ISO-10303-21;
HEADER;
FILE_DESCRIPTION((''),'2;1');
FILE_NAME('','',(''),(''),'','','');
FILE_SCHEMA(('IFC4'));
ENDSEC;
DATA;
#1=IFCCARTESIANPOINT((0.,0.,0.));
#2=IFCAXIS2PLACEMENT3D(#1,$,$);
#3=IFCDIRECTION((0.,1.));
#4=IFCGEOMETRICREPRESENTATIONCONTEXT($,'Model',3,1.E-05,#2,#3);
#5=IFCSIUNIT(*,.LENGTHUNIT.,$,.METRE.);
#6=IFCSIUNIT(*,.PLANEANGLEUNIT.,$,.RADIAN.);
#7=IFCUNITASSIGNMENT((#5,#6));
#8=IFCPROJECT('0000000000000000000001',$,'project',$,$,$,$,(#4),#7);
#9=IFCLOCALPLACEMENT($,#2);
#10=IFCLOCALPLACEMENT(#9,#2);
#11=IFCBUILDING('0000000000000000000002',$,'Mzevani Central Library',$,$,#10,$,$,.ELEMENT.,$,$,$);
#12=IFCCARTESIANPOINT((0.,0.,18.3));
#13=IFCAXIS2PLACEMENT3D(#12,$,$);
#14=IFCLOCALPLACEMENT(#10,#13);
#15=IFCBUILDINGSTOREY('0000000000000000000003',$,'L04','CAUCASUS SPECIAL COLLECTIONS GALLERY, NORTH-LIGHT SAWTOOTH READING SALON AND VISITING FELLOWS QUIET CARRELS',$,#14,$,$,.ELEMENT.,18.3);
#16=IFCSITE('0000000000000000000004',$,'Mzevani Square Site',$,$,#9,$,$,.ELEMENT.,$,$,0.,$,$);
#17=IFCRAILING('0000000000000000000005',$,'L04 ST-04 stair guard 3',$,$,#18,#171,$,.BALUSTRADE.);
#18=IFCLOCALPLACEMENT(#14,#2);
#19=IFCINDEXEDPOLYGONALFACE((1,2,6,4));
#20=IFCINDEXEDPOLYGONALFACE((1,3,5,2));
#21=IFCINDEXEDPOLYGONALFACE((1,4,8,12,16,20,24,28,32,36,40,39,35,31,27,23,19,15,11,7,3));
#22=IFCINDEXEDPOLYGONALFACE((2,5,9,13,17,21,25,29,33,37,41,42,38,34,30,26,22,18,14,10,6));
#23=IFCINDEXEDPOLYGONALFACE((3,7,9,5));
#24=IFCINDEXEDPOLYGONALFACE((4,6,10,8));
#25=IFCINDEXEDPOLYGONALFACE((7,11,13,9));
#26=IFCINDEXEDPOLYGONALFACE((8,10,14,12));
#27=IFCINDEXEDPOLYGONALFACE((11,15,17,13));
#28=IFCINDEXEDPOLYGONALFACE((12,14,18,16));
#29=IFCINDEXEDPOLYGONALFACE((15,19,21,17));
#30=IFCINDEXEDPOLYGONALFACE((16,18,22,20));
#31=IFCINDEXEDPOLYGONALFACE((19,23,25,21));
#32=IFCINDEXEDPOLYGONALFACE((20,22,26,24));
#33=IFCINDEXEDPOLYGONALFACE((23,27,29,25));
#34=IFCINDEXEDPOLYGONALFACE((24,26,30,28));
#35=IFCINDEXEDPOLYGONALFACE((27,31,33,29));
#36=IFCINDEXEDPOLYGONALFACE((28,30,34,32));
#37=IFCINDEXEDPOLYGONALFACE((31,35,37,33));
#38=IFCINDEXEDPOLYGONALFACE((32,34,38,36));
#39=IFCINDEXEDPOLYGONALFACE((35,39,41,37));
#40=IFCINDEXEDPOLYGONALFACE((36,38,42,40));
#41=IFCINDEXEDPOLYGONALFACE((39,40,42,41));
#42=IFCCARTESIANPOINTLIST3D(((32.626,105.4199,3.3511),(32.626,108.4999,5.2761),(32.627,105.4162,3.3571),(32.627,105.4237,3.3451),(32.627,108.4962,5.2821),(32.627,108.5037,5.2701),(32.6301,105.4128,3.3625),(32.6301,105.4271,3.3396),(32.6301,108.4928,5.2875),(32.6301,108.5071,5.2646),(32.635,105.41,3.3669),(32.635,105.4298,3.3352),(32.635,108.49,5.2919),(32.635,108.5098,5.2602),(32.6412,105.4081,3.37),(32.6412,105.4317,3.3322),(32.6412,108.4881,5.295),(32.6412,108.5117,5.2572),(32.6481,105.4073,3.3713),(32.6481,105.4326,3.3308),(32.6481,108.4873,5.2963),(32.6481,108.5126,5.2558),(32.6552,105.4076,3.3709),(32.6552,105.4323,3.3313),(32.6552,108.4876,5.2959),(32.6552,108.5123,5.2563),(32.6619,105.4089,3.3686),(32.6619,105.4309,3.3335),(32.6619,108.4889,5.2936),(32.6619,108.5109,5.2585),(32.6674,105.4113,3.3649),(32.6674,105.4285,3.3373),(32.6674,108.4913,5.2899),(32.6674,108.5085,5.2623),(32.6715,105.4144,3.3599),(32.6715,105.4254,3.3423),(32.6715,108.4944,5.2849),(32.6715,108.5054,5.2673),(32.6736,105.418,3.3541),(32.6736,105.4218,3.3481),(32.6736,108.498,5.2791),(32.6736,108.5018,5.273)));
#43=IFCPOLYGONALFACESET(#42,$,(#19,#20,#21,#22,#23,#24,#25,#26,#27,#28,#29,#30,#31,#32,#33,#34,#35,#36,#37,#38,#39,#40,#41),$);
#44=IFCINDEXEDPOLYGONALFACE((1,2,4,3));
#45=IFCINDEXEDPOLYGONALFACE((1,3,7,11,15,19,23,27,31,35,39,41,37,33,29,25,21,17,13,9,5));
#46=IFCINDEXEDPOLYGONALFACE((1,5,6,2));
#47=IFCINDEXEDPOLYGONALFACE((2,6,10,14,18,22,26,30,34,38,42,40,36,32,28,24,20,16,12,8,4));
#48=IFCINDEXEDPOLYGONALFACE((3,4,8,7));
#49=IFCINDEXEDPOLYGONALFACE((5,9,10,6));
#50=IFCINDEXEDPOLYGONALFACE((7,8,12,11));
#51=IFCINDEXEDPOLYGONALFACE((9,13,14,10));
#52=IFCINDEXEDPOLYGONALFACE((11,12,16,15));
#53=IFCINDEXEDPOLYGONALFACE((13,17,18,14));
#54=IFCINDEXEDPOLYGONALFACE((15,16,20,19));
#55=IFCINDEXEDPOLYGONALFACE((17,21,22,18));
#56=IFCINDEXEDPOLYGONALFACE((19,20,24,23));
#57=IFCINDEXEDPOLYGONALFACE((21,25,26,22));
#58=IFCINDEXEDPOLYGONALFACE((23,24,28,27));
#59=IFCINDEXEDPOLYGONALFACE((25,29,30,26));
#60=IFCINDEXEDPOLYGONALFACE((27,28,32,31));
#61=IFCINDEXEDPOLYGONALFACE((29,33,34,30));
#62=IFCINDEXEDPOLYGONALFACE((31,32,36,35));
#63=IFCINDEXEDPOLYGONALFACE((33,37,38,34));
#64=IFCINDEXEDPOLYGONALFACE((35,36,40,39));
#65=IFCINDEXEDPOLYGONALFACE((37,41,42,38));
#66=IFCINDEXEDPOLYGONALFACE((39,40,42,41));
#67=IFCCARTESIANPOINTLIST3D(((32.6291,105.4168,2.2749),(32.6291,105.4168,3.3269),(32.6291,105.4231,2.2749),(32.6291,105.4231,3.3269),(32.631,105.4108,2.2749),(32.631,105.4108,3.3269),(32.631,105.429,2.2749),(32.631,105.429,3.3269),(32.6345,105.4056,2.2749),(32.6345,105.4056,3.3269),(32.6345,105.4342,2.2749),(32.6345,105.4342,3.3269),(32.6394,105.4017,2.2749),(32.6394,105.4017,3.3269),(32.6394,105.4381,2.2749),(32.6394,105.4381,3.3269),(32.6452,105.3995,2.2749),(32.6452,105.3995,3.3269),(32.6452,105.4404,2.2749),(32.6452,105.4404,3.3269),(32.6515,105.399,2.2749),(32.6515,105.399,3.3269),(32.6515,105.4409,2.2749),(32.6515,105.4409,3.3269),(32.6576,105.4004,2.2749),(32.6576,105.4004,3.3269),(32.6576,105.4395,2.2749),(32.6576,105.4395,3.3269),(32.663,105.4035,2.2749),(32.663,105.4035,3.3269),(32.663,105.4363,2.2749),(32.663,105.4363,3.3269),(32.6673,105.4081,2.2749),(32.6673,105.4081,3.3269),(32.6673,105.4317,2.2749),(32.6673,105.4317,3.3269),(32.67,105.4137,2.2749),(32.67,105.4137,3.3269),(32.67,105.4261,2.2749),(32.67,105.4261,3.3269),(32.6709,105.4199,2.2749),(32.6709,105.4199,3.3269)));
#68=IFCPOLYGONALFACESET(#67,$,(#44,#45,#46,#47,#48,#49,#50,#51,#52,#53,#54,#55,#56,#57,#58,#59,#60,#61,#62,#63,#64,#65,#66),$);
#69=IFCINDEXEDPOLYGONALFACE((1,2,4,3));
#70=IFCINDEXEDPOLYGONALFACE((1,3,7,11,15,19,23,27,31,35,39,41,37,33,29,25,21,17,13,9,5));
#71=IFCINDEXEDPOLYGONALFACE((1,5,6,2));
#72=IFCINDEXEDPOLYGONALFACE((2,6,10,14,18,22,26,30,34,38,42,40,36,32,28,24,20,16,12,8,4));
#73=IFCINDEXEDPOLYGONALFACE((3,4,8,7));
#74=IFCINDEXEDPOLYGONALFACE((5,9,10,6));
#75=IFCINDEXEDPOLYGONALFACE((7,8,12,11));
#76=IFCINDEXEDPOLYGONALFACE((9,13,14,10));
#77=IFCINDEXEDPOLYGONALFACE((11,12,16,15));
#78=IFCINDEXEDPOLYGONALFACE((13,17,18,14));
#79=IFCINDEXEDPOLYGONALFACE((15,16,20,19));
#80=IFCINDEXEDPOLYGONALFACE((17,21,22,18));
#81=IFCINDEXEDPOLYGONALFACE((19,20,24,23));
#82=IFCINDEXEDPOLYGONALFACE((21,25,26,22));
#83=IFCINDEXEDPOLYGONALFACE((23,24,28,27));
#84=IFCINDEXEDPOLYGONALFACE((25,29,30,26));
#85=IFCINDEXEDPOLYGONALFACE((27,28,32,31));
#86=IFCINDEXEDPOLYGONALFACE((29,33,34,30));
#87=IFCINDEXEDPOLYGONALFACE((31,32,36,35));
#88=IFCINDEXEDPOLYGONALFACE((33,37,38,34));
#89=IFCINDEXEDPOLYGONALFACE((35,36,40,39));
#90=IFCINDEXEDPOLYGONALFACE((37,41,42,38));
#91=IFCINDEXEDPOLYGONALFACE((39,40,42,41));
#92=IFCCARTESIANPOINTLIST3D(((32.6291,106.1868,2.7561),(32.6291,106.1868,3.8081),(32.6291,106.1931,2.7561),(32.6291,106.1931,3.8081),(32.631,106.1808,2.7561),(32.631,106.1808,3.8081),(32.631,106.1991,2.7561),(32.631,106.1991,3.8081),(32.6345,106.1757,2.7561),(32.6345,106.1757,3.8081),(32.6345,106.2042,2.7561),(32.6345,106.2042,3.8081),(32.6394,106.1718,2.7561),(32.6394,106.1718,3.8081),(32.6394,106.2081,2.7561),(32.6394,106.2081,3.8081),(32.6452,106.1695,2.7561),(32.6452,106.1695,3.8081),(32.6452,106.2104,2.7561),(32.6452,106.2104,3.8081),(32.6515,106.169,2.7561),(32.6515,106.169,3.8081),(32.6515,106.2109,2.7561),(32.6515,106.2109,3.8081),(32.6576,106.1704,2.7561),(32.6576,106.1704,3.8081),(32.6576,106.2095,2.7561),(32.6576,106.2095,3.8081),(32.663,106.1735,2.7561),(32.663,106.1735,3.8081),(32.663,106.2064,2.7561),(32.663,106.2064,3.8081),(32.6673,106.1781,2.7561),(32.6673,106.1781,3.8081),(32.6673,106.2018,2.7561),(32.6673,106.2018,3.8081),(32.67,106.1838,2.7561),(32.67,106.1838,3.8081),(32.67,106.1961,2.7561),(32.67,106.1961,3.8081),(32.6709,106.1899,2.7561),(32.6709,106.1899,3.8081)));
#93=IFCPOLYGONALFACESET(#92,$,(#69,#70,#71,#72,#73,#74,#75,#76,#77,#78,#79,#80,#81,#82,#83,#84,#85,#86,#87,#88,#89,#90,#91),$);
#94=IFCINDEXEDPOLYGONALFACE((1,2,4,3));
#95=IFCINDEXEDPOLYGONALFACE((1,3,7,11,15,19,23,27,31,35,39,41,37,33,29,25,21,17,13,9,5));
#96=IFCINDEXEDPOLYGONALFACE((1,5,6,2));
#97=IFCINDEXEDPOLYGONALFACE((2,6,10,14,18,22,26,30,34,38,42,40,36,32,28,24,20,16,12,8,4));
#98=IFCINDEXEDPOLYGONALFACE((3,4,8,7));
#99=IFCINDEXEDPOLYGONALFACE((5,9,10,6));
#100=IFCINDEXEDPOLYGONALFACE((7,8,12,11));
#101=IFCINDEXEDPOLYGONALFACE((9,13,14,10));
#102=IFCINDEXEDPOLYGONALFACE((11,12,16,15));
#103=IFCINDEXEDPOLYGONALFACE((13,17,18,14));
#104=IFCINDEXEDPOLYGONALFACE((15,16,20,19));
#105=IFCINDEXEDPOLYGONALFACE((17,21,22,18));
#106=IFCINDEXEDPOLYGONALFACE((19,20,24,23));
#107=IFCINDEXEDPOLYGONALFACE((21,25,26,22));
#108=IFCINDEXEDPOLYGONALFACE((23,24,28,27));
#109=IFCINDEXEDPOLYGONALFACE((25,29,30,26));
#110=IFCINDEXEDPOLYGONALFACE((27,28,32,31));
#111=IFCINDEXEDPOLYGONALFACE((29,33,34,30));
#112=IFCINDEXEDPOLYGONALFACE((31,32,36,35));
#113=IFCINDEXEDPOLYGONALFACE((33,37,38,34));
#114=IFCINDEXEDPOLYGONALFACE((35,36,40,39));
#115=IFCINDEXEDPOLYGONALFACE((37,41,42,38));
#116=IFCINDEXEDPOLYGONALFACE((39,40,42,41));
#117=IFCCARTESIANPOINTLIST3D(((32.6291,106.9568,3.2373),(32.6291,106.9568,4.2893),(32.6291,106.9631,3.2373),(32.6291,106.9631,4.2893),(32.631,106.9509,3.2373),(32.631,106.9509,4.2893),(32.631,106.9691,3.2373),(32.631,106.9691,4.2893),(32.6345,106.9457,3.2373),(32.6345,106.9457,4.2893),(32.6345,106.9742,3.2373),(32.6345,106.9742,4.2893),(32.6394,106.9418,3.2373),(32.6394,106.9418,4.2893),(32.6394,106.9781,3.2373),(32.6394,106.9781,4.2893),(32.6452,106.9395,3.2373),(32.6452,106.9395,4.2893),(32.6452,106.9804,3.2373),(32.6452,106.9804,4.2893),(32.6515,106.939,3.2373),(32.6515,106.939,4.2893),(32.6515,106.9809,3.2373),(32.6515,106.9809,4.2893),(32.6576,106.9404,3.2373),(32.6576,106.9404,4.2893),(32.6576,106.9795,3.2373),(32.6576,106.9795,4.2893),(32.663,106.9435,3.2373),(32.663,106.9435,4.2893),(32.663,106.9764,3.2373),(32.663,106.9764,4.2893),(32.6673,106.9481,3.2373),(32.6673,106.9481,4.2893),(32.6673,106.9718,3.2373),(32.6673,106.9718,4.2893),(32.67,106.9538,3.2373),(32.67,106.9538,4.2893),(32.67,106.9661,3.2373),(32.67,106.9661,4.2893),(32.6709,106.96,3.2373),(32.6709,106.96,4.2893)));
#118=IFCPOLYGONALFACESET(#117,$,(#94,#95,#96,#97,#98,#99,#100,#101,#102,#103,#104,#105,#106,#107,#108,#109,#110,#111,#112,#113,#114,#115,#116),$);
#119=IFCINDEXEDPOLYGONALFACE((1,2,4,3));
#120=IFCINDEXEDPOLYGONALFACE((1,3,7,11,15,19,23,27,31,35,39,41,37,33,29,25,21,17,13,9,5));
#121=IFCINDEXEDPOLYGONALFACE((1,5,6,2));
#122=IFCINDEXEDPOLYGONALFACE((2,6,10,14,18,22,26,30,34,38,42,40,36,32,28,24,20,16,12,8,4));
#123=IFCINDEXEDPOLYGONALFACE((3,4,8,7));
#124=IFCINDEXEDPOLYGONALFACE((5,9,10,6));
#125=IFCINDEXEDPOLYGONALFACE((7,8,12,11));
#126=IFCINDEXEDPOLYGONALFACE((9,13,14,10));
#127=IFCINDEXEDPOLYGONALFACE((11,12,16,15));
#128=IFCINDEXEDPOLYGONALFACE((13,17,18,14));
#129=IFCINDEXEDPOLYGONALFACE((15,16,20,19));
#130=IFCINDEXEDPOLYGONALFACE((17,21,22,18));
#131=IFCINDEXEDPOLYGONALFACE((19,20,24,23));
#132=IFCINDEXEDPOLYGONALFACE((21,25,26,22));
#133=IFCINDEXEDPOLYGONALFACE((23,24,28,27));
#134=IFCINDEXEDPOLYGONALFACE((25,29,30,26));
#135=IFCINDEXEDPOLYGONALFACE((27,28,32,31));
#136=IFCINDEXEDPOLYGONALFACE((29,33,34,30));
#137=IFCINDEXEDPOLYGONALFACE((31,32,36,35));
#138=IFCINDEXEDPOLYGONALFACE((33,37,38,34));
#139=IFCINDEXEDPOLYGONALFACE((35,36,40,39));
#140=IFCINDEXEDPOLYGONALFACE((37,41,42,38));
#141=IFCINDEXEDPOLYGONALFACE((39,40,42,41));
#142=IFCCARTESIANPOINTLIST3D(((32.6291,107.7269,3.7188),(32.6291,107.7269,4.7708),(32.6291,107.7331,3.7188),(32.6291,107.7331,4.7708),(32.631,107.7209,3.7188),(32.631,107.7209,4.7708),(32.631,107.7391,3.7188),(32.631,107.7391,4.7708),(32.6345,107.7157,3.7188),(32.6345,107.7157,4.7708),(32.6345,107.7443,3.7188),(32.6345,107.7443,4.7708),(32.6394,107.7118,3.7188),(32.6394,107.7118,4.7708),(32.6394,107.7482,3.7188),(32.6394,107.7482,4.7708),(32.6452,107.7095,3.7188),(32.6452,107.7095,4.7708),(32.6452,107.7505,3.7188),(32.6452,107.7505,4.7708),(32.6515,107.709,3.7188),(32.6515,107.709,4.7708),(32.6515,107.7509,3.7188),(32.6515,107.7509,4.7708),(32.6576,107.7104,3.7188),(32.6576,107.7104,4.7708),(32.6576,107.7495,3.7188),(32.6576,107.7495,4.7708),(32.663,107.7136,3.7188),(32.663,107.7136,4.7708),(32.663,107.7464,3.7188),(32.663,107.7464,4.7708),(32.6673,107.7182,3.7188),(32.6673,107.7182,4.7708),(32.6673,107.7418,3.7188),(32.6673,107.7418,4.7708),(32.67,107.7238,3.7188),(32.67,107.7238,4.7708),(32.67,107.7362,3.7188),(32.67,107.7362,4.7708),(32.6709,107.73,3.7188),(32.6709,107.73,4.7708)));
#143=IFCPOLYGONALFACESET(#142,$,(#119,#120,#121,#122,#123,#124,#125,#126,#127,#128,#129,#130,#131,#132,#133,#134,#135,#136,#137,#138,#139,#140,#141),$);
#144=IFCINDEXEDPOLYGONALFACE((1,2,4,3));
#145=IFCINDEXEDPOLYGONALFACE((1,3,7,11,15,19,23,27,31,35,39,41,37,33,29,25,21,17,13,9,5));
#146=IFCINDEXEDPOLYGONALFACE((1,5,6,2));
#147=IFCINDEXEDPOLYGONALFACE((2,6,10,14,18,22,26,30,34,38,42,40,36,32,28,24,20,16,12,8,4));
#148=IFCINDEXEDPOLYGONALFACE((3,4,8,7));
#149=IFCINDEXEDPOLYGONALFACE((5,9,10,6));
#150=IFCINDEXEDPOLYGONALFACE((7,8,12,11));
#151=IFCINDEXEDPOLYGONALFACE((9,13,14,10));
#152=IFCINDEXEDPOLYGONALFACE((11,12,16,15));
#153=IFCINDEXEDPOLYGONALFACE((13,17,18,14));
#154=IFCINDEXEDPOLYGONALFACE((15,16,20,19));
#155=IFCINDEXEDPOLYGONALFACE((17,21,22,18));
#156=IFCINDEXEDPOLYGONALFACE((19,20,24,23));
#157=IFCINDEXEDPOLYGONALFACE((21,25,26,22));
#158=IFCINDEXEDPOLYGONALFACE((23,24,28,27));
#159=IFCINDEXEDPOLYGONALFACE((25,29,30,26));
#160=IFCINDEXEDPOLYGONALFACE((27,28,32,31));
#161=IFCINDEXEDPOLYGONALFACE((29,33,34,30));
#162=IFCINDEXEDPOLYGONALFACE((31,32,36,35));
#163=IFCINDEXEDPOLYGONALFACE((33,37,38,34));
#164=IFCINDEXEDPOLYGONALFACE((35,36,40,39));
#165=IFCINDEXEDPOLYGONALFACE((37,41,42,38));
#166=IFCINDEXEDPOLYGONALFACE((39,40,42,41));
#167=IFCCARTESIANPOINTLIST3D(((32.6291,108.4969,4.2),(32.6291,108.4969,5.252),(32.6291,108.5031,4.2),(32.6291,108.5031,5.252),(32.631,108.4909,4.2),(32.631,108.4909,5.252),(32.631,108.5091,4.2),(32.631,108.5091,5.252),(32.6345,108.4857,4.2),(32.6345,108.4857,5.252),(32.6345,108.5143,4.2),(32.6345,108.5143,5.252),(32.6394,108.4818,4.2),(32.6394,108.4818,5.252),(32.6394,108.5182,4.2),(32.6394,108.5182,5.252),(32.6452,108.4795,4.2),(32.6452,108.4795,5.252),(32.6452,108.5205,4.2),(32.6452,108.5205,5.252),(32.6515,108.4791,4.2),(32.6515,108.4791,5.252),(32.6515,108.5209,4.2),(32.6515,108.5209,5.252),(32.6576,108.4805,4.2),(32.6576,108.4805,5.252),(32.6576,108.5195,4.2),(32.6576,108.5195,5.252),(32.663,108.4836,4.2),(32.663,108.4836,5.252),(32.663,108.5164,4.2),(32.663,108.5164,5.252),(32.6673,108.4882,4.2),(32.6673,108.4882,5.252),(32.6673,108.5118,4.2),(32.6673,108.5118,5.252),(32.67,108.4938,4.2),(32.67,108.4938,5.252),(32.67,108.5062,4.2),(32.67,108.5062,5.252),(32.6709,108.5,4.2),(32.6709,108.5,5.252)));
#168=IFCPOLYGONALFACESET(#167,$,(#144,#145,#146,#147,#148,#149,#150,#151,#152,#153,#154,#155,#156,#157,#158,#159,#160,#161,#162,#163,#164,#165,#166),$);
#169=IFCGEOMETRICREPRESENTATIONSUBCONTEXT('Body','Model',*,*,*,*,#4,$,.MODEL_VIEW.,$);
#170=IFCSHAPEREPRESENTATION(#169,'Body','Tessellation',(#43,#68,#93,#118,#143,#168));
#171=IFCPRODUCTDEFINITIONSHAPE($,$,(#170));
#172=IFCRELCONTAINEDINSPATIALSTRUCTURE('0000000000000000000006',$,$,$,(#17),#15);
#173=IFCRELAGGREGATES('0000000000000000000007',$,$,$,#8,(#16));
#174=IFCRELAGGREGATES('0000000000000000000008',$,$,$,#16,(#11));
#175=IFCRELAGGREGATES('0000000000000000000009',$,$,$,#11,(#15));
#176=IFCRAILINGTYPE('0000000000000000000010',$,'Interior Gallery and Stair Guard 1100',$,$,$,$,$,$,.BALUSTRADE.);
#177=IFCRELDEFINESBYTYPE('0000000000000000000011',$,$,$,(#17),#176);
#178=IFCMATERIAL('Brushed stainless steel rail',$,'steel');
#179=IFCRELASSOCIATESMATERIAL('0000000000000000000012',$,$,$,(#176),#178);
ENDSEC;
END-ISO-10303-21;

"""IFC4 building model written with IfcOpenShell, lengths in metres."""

from ifc_helpers import new_model, si_unit, direction, frame, origin, origin_2d, place, context, subcontext, project, spatial, circle, extrude, material, type_object, element, save


model = new_model("IFC4")

# Units and contexts
model_context = context("Model", 3, precision=1e-05, world=origin(), true_north=direction((0.0, 1.0)))
body_context = subcontext(model_context, "Body", "Model", "MODEL_VIEW")
ifc_project = project(units=[si_unit("LENGTHUNIT", "METRE"), si_unit("PLANEANGLEUNIT", "RADIAN")], contexts=[model_context])

# Site, building, storey
site_placement = place(None, origin())
site = spatial("IfcSite", under=ifc_project, at=site_placement, Name="Mzevani Square Site", CompositionType="ELEMENT", RefElevation=0.0)
building_placement = place(site_placement, origin())
building = spatial("IfcBuilding", under=site, at=building_placement, Name="Mzevani Central Library", CompositionType="ELEMENT")
storey_placement = place(building_placement, frame((0.0, 0.0, 18.3)))
storey = spatial("IfcBuildingStorey", under=building, at=storey_placement, Name="L04", Description="CAUCASUS SPECIAL COLLECTIONS GALLERY, NORTH-LIGHT SAWTOOTH READING SALON AND VISITING FELLOWS QUIET CARRELS", CompositionType="ELEMENT", Elevation=18.3)

# Railing
ifc_material_1 = material(Name="Brushed stainless steel rail", Category="steel")
railing_type_1 = type_object("IfcRailingType", Name="Interior Gallery and Stair Guard 1100", PredefinedType="BALUSTRADE", material=ifc_material_1)
railing_1_placement = place(storey_placement, frame((32.6499, 105.4199, 2.2749)))
element("IfcRailing", 1, at=railing_1_placement, inside=storey, type_object=railing_type_1, Name="L04 ST-04 stair guard 3", PredefinedType="BALUSTRADE", context=body_context, shape_type="SweptSolid", body=[
    extrude(circle(Radius=0.0239, at=origin_2d()), frame((0.0, 0.0, 1.0762), z_axis=(0.0, 0.847998, 0.529999), x_axis=(-1.0, 0.0, 0.0)), (0.0, 0.0, 1.0), 3.6321),
    extrude(circle(Radius=0.021, at=origin_2d()), origin(), (0.0, 0.0, 1.0), 1.052),
    extrude(circle(Radius=0.021, at=origin_2d()), frame((0.0, 0.77, 0.4812)), (0.0, 0.0, 1.0), 1.052),
    extrude(circle(Radius=0.021, at=origin_2d()), frame((0.0, 1.54, 0.9624)), (0.0, 0.0, 1.0), 1.052),
    extrude(circle(Radius=0.021, at=origin_2d()), frame((0.0, 2.3101, 1.4438)), (0.0, 0.0, 1.0), 1.052),
    extrude(circle(Radius=0.021, at=origin_2d()), frame((0.0, 3.0801, 1.925)), (0.0, 0.0, 1.0), 1.052),
])

save(model, "model.ifc")
